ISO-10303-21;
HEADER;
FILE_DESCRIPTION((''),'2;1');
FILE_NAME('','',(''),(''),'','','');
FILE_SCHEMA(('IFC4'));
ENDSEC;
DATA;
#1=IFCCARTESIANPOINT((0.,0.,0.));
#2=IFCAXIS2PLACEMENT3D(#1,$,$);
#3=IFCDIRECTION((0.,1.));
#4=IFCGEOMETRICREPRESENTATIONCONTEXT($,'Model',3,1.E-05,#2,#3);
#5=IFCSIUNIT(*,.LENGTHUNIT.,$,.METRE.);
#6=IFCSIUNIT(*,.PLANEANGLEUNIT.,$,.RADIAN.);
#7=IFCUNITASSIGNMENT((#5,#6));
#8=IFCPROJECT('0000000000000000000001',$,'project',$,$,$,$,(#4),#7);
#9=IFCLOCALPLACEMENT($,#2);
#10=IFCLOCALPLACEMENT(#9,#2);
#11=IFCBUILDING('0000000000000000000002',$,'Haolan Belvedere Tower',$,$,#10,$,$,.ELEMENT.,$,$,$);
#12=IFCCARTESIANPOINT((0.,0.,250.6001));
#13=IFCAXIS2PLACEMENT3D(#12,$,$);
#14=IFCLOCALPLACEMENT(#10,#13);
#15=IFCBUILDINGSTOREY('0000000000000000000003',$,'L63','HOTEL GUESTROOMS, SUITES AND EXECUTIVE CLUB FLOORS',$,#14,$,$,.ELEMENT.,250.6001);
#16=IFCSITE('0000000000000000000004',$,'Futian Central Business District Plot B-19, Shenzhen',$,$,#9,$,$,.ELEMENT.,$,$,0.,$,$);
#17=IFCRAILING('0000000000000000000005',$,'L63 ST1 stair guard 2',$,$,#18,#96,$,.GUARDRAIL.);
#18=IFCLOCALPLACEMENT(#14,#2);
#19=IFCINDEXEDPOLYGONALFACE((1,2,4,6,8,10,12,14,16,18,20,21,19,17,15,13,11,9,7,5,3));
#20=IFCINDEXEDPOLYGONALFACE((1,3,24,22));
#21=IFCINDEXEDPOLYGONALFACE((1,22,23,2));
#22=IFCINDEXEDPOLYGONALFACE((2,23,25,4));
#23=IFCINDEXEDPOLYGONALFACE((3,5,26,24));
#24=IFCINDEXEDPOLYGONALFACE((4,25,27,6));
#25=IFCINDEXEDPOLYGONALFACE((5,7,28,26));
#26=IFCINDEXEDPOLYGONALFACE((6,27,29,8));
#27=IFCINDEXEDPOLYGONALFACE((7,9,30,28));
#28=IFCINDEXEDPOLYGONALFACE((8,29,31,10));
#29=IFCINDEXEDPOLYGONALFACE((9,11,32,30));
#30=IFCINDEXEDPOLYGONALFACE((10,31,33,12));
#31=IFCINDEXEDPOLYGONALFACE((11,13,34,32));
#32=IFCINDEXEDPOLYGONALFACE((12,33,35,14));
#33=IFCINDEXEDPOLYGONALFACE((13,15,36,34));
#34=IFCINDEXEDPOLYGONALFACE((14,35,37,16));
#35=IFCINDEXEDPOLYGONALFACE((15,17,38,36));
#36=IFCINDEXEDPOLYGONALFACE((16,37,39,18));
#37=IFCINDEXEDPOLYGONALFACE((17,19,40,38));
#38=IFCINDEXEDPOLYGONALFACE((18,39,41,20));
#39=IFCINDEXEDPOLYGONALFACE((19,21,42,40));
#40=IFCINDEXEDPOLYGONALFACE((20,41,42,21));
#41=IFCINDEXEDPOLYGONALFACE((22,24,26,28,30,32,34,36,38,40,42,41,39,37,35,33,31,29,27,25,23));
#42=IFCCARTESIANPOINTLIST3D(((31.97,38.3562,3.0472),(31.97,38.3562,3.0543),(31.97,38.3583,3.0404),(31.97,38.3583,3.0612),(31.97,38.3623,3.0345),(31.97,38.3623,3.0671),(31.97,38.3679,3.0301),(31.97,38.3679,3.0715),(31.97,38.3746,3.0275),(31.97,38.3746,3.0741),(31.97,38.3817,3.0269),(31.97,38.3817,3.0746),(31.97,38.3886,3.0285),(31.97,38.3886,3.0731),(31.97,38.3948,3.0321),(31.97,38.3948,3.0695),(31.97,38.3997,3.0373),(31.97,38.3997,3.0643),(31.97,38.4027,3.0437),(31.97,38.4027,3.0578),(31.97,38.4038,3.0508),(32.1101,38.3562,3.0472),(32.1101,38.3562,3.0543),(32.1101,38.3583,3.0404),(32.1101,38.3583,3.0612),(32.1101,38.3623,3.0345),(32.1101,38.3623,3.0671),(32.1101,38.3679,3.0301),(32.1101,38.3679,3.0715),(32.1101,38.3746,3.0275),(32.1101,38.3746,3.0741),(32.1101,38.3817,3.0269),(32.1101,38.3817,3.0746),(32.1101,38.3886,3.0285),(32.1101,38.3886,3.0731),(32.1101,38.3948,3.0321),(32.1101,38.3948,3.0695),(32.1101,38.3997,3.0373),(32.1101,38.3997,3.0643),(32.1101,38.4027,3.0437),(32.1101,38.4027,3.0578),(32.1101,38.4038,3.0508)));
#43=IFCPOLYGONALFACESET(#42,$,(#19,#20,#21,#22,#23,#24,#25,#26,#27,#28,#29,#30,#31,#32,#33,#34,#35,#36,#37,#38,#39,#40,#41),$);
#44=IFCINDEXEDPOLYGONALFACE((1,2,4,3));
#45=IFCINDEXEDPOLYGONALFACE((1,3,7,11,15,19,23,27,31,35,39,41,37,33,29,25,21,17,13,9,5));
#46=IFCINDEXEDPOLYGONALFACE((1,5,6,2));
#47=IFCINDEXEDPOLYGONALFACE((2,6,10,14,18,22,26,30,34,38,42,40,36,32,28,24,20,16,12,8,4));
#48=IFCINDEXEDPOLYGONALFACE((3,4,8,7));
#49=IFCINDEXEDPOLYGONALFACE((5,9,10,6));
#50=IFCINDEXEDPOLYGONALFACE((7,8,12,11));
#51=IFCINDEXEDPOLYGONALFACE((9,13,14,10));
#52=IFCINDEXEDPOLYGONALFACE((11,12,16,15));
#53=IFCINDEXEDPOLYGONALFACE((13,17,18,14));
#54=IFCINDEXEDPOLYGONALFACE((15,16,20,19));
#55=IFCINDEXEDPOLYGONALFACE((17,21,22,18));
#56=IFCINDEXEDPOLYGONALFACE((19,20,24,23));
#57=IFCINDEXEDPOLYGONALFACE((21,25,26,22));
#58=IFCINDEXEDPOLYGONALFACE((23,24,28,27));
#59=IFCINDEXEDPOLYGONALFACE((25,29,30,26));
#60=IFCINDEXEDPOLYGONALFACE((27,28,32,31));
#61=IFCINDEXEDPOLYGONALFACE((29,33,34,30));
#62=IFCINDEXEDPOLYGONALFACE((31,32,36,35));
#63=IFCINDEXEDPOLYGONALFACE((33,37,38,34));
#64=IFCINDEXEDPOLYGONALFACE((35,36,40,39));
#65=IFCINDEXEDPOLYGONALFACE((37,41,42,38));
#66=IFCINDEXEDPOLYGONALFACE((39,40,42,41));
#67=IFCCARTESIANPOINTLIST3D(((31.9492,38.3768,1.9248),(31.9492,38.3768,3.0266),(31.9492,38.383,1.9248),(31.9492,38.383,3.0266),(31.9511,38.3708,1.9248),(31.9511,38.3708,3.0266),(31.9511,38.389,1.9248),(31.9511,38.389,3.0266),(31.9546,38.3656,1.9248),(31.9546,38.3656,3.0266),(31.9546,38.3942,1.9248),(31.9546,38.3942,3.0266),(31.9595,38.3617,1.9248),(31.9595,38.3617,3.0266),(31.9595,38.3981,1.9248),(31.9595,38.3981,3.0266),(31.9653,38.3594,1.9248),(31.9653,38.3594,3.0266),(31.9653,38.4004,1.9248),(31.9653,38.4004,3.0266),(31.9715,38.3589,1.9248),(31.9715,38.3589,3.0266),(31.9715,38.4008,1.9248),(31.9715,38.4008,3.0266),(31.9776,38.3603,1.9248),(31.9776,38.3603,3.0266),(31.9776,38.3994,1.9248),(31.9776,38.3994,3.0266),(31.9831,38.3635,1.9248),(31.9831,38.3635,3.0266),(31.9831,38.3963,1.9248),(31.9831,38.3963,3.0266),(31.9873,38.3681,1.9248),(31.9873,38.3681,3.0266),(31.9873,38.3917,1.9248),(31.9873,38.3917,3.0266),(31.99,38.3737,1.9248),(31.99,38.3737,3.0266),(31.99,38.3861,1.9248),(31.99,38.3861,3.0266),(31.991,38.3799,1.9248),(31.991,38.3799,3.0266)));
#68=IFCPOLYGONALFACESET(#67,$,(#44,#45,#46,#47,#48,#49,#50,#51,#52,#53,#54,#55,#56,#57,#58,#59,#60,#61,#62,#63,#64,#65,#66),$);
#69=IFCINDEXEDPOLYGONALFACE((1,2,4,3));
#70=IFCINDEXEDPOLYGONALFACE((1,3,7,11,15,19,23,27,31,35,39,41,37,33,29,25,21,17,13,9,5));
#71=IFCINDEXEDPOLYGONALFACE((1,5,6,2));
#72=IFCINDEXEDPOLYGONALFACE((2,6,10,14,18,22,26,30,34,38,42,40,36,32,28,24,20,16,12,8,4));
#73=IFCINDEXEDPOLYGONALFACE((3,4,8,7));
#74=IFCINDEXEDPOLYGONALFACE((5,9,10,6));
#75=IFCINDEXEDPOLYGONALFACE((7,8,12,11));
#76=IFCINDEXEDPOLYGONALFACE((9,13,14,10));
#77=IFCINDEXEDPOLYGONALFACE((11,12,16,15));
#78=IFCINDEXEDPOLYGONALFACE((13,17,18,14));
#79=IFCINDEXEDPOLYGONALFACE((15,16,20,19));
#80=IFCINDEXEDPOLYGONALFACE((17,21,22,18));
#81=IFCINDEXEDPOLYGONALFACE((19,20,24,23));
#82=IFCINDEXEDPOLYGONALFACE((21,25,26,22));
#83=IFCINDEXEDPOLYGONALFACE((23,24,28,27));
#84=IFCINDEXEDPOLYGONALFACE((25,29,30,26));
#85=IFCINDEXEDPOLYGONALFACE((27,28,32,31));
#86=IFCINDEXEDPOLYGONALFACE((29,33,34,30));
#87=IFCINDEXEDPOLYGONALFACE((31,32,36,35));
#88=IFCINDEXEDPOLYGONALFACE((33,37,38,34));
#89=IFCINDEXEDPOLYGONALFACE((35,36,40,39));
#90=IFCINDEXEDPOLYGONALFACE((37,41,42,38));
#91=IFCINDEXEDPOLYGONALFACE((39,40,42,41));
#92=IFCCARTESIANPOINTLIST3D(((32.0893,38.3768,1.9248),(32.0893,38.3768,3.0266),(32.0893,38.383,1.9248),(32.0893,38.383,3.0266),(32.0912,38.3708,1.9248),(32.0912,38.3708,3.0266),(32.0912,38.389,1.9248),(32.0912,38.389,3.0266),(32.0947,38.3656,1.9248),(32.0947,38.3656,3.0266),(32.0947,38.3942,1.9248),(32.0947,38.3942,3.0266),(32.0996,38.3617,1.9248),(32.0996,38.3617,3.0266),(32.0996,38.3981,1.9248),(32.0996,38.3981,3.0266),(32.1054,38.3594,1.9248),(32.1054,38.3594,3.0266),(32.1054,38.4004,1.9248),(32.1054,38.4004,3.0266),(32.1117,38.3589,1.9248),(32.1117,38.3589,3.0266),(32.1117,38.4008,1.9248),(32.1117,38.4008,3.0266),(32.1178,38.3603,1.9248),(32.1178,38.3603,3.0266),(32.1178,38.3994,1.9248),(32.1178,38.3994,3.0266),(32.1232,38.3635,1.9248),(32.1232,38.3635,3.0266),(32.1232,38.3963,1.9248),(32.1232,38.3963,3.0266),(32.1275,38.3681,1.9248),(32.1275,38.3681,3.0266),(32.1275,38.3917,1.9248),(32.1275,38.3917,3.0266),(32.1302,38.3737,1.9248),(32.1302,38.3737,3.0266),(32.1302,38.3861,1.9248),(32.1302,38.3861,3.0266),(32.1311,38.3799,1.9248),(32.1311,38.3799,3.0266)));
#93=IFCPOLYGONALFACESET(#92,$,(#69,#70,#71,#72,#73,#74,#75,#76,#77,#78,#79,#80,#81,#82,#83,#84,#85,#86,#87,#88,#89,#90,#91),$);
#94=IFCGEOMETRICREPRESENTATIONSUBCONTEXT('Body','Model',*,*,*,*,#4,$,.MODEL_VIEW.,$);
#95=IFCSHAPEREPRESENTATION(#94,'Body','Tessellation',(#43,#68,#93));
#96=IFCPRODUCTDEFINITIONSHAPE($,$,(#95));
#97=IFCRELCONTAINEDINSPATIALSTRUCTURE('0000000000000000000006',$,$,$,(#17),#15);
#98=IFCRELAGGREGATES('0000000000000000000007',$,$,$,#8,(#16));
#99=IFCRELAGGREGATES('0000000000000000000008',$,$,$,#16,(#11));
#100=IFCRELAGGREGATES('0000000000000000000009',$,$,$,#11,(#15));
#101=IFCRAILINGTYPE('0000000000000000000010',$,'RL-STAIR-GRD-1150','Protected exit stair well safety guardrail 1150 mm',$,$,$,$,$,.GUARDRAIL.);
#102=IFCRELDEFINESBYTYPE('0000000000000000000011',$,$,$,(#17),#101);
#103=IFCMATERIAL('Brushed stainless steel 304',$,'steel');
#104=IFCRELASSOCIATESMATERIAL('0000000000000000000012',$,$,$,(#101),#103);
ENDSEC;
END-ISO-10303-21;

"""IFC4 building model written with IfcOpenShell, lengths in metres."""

from ifc_helpers import new_model, si_unit, direction, frame, origin, origin_2d, place, context, subcontext, project, spatial, circle, extrude, material, type_object, element, save


model = new_model("IFC4")

# Units and contexts
model_context = context("Model", 3, precision=1e-05, world=origin(), true_north=direction((0.0, 1.0)))
body_context = subcontext(model_context, "Body", "Model", "MODEL_VIEW")
ifc_project = project(units=[si_unit("LENGTHUNIT", "METRE"), si_unit("PLANEANGLEUNIT", "RADIAN")], contexts=[model_context])

# Site, building, storey
site_placement = place(None, origin())
site = spatial("IfcSite", under=ifc_project, at=site_placement, Name="Futian Central Business District Plot B-19, Shenzhen", CompositionType="ELEMENT", RefElevation=0.0)
building_placement = place(site_placement, origin())
building = spatial("IfcBuilding", under=site, at=building_placement, Name="Haolan Belvedere Tower", CompositionType="ELEMENT")
storey_placement = place(building_placement, frame((0.0, 0.0, 250.6001)))
storey = spatial("IfcBuildingStorey", under=building, at=storey_placement, Name="L63", Description="HOTEL GUESTROOMS, SUITES AND EXECUTIVE CLUB FLOORS", CompositionType="ELEMENT", Elevation=250.6001)

# Railing
ifc_material_1 = material(Name="Brushed stainless steel 304", Category="steel")
railing_type_1 = type_object("IfcRailingType", Name="RL-STAIR-GRD-1150", Description="Protected exit stair well safety guardrail 1150 mm", PredefinedType="GUARDRAIL", material=ifc_material_1)
railing_1_placement = place(storey_placement, frame((31.97, 38.3799, 1.9248)))
element("IfcRailing", 1, at=railing_1_placement, inside=storey, type_object=railing_type_1, Name="L63 ST1 stair guard 2", PredefinedType="GUARDRAIL", context=body_context, shape_type="SweptSolid", body=[
    extrude(circle(Radius=0.0239, at=origin_2d()), frame((0.0, 0.0, 1.126), z_axis=(1.0, 0.0, 0.0), x_axis=(0.0, 1.0, 0.0)), (0.0, 0.0, 1.0), 0.1401),
    extrude(circle(Radius=0.021, at=origin_2d()), origin(), (0.0, 0.0, 1.0), 1.1018),
    extrude(circle(Radius=0.021, at=origin_2d()), frame((0.1401, 0.0, 0.0)), (0.0, 0.0, 1.0), 1.1018),
])

save(model, "model.ifc")
